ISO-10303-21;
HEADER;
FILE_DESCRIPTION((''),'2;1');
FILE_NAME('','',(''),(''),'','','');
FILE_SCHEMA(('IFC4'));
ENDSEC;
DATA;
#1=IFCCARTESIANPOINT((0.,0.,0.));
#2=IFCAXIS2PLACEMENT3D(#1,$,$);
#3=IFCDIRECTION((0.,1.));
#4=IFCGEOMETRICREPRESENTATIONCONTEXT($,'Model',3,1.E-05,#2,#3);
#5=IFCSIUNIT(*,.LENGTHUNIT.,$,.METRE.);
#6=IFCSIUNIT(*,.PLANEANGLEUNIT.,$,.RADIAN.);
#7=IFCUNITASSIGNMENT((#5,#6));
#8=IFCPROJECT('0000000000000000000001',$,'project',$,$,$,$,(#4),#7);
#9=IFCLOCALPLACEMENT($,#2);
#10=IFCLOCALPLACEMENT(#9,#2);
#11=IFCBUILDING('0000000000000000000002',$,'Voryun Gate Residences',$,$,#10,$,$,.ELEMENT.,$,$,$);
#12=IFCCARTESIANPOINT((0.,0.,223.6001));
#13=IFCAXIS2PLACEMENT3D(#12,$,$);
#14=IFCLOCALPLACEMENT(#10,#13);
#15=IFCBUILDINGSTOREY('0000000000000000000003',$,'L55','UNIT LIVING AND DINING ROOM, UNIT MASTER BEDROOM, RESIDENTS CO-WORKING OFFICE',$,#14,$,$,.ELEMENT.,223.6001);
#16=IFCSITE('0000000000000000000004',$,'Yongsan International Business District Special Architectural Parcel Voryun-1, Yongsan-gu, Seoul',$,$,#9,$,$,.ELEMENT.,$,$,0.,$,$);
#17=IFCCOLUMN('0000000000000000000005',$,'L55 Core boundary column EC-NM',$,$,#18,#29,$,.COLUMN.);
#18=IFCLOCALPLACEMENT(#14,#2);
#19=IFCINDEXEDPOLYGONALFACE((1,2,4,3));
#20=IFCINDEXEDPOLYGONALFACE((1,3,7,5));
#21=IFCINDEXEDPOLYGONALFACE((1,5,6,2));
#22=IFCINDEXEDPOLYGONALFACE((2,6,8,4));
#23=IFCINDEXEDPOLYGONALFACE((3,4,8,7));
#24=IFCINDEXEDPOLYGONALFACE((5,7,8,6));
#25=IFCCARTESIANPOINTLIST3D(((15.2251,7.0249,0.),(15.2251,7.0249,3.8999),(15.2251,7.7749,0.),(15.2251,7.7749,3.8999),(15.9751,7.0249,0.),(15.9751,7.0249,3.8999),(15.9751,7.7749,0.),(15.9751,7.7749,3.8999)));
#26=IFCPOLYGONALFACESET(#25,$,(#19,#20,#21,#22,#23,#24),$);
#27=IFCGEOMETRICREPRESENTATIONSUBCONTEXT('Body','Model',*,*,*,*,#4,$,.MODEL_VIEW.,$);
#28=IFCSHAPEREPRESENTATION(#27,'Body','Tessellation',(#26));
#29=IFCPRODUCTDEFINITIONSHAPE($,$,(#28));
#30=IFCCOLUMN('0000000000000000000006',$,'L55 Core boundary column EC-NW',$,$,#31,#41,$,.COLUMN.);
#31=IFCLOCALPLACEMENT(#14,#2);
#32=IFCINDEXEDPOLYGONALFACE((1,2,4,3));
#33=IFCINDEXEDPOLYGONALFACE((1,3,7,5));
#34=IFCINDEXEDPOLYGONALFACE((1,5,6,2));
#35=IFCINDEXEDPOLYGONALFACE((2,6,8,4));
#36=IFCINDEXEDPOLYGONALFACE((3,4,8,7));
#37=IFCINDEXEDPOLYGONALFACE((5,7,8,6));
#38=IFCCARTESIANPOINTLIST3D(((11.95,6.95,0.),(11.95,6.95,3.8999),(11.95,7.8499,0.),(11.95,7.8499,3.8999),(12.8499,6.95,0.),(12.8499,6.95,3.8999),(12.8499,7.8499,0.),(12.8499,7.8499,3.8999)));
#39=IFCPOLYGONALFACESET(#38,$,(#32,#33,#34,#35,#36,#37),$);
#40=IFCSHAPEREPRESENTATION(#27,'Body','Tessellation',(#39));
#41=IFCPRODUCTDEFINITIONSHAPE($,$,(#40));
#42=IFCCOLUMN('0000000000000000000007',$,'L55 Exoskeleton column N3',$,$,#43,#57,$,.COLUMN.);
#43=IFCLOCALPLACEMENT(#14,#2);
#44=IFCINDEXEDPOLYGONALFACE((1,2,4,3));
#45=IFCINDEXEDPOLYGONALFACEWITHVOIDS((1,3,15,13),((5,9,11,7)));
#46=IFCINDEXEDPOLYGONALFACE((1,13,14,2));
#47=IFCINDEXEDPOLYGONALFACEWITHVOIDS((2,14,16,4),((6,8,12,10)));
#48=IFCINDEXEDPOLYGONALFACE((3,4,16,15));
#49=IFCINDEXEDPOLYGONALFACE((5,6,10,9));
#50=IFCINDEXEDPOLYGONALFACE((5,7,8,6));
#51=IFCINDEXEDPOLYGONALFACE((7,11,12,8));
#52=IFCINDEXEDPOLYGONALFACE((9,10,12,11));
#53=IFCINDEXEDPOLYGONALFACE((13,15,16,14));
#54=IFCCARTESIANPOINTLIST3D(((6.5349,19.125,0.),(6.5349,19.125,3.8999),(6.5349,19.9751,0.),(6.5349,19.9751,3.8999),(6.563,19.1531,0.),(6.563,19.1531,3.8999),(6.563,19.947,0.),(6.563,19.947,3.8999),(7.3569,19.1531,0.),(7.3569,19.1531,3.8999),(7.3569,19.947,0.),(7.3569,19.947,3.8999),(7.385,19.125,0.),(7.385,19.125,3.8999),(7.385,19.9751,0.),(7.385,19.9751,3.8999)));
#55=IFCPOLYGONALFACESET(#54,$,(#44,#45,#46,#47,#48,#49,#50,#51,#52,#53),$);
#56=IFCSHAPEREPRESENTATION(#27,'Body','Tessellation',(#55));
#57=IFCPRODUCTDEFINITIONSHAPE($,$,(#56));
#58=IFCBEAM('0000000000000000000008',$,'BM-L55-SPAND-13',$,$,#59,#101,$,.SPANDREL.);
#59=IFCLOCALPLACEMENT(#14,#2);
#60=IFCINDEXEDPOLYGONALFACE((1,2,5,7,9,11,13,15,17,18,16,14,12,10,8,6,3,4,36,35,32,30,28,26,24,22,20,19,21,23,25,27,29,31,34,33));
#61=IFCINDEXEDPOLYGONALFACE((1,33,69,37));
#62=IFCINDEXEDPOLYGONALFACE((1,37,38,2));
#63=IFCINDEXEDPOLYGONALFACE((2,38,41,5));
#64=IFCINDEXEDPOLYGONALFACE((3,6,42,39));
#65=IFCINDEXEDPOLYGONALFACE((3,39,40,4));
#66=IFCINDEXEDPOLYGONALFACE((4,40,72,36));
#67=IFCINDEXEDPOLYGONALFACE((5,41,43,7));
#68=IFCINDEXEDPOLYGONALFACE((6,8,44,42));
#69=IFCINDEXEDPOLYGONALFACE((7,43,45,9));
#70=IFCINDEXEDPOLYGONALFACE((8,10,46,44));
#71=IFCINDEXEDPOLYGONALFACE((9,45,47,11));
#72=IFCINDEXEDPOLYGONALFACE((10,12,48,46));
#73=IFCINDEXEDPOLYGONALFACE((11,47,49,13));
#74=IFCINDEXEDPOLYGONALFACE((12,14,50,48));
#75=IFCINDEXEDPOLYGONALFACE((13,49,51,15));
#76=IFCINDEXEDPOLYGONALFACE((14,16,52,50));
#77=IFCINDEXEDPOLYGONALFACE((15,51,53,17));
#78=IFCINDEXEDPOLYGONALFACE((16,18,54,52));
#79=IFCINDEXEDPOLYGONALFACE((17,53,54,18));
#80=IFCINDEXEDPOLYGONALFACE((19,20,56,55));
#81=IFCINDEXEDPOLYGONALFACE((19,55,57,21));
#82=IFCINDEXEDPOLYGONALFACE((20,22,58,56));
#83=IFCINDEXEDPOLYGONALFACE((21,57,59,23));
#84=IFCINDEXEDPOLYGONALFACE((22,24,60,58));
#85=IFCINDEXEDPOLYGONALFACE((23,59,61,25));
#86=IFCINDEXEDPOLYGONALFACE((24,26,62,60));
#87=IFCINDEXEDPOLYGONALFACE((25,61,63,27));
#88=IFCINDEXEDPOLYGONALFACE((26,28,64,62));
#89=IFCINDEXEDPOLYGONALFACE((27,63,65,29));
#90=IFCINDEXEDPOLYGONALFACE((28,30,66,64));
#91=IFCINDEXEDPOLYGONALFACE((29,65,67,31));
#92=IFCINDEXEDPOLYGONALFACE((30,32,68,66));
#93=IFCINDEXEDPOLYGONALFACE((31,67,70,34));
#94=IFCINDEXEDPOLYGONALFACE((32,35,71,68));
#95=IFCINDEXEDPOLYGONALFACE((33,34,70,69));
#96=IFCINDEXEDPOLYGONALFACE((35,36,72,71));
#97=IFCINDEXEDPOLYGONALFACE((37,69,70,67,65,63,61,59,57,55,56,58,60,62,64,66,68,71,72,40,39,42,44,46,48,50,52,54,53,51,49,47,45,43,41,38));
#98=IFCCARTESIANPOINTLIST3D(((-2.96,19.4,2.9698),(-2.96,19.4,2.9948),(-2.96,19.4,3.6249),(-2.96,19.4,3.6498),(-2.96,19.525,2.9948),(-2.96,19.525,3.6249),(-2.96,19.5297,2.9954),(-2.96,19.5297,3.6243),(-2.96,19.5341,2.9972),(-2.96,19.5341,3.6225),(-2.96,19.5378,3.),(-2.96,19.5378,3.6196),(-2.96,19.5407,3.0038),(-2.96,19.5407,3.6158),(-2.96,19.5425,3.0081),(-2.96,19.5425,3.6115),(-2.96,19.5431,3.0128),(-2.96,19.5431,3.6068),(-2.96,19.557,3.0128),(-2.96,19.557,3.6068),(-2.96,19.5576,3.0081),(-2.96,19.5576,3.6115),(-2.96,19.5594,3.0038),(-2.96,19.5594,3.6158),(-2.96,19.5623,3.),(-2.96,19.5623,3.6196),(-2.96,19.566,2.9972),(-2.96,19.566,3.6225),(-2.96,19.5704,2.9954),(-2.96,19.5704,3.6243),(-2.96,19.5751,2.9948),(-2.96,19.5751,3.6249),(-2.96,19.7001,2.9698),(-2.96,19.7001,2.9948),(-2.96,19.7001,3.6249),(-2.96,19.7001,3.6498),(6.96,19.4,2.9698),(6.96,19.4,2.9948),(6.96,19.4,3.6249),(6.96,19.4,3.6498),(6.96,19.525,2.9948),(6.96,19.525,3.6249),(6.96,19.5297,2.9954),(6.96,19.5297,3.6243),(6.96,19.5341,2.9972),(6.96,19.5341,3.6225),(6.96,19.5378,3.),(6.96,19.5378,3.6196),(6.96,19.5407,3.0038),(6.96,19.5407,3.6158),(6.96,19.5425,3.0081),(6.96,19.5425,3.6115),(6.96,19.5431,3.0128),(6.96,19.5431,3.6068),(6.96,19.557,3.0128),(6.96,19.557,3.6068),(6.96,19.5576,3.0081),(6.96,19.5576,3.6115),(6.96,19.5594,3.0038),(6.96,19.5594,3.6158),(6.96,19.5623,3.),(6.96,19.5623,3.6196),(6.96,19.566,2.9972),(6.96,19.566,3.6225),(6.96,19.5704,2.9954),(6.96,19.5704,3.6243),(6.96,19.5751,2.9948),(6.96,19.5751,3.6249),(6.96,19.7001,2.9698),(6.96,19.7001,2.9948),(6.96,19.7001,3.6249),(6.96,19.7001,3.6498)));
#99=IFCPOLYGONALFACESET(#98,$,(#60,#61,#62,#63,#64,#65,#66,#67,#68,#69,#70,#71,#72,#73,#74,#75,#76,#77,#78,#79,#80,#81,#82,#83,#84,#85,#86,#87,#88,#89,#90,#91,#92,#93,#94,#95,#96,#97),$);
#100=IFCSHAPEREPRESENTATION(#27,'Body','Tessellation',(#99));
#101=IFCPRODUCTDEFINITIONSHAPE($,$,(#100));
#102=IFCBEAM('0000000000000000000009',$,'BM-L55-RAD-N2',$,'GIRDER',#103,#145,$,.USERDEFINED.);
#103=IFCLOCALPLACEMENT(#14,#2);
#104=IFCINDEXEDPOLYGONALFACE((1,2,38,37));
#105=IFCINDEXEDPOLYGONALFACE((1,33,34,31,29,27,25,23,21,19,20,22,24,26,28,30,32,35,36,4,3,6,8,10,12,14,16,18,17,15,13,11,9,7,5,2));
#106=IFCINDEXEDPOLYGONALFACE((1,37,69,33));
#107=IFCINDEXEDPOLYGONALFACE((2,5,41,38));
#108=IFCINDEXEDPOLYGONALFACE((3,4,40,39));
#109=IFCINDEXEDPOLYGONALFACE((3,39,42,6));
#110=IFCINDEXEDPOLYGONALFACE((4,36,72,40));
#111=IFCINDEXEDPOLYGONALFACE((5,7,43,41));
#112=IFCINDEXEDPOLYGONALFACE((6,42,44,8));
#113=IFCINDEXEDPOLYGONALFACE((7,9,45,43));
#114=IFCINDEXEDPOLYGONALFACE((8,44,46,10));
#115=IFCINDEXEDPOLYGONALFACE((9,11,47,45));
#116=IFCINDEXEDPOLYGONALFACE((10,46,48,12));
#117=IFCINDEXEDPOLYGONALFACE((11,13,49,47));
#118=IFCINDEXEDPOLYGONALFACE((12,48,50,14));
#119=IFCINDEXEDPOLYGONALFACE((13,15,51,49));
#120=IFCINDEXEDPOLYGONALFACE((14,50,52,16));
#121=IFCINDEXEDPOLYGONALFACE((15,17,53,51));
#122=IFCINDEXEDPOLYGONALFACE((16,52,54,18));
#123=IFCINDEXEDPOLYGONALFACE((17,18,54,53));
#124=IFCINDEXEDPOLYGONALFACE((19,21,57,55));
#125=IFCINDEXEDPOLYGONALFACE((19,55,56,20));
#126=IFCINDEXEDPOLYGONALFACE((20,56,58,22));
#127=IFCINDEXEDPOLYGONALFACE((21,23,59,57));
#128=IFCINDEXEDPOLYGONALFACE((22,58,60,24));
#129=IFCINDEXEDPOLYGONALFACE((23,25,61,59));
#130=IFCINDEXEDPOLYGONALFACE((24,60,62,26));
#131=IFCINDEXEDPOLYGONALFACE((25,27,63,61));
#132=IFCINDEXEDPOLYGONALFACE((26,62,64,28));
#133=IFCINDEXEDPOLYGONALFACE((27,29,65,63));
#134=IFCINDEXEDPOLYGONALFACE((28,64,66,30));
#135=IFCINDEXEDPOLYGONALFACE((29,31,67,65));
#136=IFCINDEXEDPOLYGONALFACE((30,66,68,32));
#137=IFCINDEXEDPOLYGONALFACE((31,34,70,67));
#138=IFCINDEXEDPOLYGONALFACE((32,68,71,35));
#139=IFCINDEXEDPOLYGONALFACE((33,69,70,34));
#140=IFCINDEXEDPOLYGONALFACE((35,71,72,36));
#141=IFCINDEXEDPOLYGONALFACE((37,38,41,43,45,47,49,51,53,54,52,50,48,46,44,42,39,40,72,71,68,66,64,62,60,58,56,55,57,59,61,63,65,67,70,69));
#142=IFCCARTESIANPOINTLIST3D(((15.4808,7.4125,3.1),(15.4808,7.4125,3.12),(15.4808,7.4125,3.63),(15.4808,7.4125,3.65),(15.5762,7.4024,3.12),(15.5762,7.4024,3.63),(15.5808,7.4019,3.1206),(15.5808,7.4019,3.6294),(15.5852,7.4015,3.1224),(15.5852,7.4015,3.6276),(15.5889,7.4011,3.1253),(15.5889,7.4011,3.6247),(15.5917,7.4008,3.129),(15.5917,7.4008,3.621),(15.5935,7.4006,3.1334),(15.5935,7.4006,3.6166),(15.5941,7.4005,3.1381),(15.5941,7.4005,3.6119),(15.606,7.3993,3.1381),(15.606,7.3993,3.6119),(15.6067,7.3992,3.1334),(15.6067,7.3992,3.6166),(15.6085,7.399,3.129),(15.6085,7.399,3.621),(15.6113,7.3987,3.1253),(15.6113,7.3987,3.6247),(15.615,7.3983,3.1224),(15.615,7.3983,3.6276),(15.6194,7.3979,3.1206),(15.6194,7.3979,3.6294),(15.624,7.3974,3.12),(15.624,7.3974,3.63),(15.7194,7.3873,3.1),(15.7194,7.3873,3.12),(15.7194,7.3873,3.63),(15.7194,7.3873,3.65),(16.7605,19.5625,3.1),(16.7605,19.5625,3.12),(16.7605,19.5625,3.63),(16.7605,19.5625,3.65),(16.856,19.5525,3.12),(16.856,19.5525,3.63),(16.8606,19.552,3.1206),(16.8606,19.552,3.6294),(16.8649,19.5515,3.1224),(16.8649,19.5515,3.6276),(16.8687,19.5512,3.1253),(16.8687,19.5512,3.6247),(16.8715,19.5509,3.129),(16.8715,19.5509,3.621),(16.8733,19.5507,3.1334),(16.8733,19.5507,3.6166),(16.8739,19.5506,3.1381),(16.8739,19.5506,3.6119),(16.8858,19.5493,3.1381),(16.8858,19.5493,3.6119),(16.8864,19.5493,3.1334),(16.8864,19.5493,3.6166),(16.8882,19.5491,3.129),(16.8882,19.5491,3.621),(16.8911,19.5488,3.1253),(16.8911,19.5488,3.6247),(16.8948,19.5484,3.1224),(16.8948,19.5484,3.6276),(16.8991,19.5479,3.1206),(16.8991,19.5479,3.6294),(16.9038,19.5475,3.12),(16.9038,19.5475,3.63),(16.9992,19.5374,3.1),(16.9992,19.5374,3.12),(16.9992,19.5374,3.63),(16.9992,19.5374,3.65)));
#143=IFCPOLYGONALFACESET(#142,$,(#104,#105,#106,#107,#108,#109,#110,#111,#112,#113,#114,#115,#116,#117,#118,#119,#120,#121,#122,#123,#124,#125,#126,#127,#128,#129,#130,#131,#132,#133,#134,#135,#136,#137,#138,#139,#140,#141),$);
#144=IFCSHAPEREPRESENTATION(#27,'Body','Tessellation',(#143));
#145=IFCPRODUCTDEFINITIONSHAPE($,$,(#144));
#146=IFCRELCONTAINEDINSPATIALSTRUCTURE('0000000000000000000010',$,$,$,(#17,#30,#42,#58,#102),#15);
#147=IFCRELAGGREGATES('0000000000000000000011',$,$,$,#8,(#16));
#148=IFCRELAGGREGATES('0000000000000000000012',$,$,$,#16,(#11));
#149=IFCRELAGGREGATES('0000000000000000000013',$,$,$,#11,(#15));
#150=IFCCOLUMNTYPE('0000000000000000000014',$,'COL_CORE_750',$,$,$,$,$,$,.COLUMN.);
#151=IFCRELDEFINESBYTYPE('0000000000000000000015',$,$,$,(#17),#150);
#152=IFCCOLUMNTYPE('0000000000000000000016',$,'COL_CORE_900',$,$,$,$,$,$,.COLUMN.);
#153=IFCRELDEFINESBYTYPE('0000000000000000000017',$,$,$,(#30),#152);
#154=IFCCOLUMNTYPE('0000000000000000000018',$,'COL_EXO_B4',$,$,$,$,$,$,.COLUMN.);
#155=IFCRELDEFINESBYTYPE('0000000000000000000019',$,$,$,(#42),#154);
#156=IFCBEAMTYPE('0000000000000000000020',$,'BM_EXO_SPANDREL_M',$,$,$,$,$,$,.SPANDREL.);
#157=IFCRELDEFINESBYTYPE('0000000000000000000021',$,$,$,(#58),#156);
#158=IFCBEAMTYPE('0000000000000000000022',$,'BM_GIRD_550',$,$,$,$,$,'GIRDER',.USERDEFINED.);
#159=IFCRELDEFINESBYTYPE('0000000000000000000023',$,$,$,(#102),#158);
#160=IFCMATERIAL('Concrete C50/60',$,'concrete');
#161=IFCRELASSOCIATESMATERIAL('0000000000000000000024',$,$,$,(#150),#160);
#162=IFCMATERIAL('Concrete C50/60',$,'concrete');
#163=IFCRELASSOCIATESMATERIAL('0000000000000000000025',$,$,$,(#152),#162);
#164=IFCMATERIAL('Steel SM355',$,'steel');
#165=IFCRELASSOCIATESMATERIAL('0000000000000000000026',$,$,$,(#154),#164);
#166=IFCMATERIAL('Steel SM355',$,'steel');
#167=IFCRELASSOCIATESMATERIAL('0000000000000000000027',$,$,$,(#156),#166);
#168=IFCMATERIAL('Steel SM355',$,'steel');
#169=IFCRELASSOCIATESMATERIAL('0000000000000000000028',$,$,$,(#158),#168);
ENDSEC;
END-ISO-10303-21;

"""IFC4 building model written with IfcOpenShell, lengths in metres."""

from ifc_helpers import new_model, si_unit, direction, frame, origin, origin_2d, place, context, subcontext, project, spatial, rectangle, hollow_rectangle, i_section, extrude, material, material_profile, profile_set, type_object, element, save


model = new_model("IFC4")

# Units and contexts
model_context = context("Model", 3, precision=1e-05, world=origin(), true_north=direction((0.0, 1.0)))
body_context = subcontext(model_context, "Body", "Model", "MODEL_VIEW")
ifc_project = project(units=[si_unit("LENGTHUNIT", "METRE"), si_unit("PLANEANGLEUNIT", "RADIAN")], contexts=[model_context])

# Site, building, storey
site_placement = place(None, origin())
site = spatial("IfcSite", under=ifc_project, at=site_placement, Name="Yongsan International Business District Special Architectural Parcel Voryun-1, Yongsan-gu, Seoul", CompositionType="ELEMENT", RefElevation=0.0)
building_placement = place(site_placement, origin())
building = spatial("IfcBuilding", under=site, at=building_placement, Name="Voryun Gate Residences", CompositionType="ELEMENT")
storey_placement = place(building_placement, frame((0.0, 0.0, 223.6001)))
storey = spatial("IfcBuildingStorey", under=building, at=storey_placement, Name="L55", Description="UNIT LIVING AND DINING ROOM, UNIT MASTER BEDROOM, RESIDENTS CO-WORKING OFFICE", CompositionType="ELEMENT", Elevation=223.6001)

# Columns
ifc_material_1 = material(Name="Concrete C50/60", Category="concrete")
ifc_material_profile_1 = material_profile(ifc_material_1, rectangle(XDim=0.75, YDim=0.75, at=origin_2d()), Name="RC-750x750")
ifc_profile_set_1 = profile_set([ifc_material_profile_1], Name="Concrete C50/60")
column_type_1 = type_object("IfcColumnType", Name="COL_CORE_750", PredefinedType="COLUMN", material=ifc_profile_set_1)
column_1_placement = place(storey_placement, frame((15.6001, 7.3999, 0.0), z_axis=(0.0, 0.0, 1.0), x_axis=(1.0, 0.0, 0.0)))
element("IfcColumn", 1, at=column_1_placement, inside=storey, type_object=column_type_1, Name="L55 Core boundary column EC-NM", PredefinedType="COLUMN", context=body_context, shape_type="SweptSolid", body=[
    extrude(rectangle(XDim=0.75, YDim=0.75, at=origin_2d()), origin(), (0.0, 0.0, 1.0), 3.8999),
])
ifc_material_2 = material(Name="Concrete C50/60", Category="concrete")
ifc_material_profile_2 = material_profile(ifc_material_2, rectangle(XDim=0.8999, YDim=0.8999, at=origin_2d()), Name="RC-900x900")
ifc_profile_set_2 = profile_set([ifc_material_profile_2], Name="Concrete C50/60")
column_type_2 = type_object("IfcColumnType", Name="COL_CORE_900", PredefinedType="COLUMN", material=ifc_profile_set_2)
column_2_placement = place(storey_placement, frame((12.3999, 7.3999, 0.0), z_axis=(0.0, 0.0, 1.0), x_axis=(1.0, 0.0, 0.0)))
element("IfcColumn", 2, at=column_2_placement, inside=storey, type_object=column_type_2, Name="L55 Core boundary column EC-NW", PredefinedType="COLUMN", context=body_context, shape_type="SweptSolid", body=[
    extrude(rectangle(XDim=0.8999, YDim=0.8999, at=origin_2d()), origin(), (0.0, 0.0, 1.0), 3.8999),
])
ifc_material_3 = material(Name="Steel SM355", Category="steel")
ifc_material_profile_3 = material_profile(ifc_material_3, hollow_rectangle(XDim=0.8501, YDim=0.8501, WallThickness=0.0281, at=origin_2d()), Name="BOX-850x850x28")
ifc_profile_set_3 = profile_set([ifc_material_profile_3], Name="Steel SM355")
column_type_3 = type_object("IfcColumnType", Name="COL_EXO_B4", PredefinedType="COLUMN", material=ifc_profile_set_3)
column_3_placement = place(storey_placement, frame((6.96, 19.55, 0.0), z_axis=(0.0, 0.0, 1.0), x_axis=(1.0, 0.0, 0.0)))
element("IfcColumn", 3, at=column_3_placement, inside=storey, type_object=column_type_3, Name="L55 Exoskeleton column N3", PredefinedType="COLUMN", context=body_context, shape_type="SweptSolid", body=[
    extrude(hollow_rectangle(XDim=0.8501, YDim=0.8501, WallThickness=0.0281, at=origin_2d()), origin(), (0.0, 0.0, 1.0), 3.8999),
])

# Beams
ifc_material_4 = material(Name="Steel SM355", Category="steel")
ifc_material_profile_4 = material_profile(ifc_material_4, i_section(OverallWidth=0.3, OverallDepth=0.6799, WebThickness=0.0139, FlangeThickness=0.0249, FilletRadius=0.0181, at=origin_2d()), Name="H-680x300x14x25")
ifc_profile_set_4 = profile_set([ifc_material_profile_4], Name="Steel SM355")
beam_type_1 = type_object("IfcBeamType", Name="BM_EXO_SPANDREL_M", PredefinedType="SPANDREL", material=ifc_profile_set_4)
beam_1_placement = place(storey_placement, frame((6.96, 19.55, 3.3098), z_axis=(-1.0, 0.0, 0.0), x_axis=(0.0, -1.0, 0.0)))
element("IfcBeam", 4, at=beam_1_placement, inside=storey, type_object=beam_type_1, Name="BM-L55-SPAND-13", PredefinedType="SPANDREL", context=body_context, shape_type="SweptSolid", body=[
    extrude(i_section(OverallWidth=0.3, OverallDepth=0.6799, WebThickness=0.0139, FlangeThickness=0.0249, FilletRadius=0.0181, at=origin_2d()), origin(), (0.0, 0.0, 1.0), 9.9199),
])
ifc_material_5 = material(Name="Steel SM355", Category="steel")
ifc_material_profile_5 = material_profile(ifc_material_5, i_section(OverallWidth=0.24, OverallDepth=0.55, WebThickness=0.012, FlangeThickness=0.02, FilletRadius=0.0181, at=origin_2d()), Name="H-550x240x12x20")
ifc_profile_set_5 = profile_set([ifc_material_profile_5], Name="Steel SM355")
beam_type_2 = type_object("IfcBeamType", Name="BM_GIRD_550", ElementType="GIRDER", PredefinedType="USERDEFINED", material=ifc_profile_set_5)
beam_2_placement = place(storey_placement, frame((15.6001, 7.3999, 3.375), z_axis=(0.104751, 0.994498, 0.0), x_axis=(-0.994498, 0.104751, 0.0)))
element("IfcBeam", 5, at=beam_2_placement, inside=storey, type_object=beam_type_2, Name="BM-L55-RAD-N2", ObjectType="GIRDER", PredefinedType="USERDEFINED", context=body_context, shape_type="SweptSolid", body=[
    extrude(i_section(OverallWidth=0.24, OverallDepth=0.55, WebThickness=0.012, FlangeThickness=0.02, FilletRadius=0.0181, at=origin_2d()), origin(), (0.0, 0.0, 1.0), 12.2173),
])

save(model, "model.ifc")
